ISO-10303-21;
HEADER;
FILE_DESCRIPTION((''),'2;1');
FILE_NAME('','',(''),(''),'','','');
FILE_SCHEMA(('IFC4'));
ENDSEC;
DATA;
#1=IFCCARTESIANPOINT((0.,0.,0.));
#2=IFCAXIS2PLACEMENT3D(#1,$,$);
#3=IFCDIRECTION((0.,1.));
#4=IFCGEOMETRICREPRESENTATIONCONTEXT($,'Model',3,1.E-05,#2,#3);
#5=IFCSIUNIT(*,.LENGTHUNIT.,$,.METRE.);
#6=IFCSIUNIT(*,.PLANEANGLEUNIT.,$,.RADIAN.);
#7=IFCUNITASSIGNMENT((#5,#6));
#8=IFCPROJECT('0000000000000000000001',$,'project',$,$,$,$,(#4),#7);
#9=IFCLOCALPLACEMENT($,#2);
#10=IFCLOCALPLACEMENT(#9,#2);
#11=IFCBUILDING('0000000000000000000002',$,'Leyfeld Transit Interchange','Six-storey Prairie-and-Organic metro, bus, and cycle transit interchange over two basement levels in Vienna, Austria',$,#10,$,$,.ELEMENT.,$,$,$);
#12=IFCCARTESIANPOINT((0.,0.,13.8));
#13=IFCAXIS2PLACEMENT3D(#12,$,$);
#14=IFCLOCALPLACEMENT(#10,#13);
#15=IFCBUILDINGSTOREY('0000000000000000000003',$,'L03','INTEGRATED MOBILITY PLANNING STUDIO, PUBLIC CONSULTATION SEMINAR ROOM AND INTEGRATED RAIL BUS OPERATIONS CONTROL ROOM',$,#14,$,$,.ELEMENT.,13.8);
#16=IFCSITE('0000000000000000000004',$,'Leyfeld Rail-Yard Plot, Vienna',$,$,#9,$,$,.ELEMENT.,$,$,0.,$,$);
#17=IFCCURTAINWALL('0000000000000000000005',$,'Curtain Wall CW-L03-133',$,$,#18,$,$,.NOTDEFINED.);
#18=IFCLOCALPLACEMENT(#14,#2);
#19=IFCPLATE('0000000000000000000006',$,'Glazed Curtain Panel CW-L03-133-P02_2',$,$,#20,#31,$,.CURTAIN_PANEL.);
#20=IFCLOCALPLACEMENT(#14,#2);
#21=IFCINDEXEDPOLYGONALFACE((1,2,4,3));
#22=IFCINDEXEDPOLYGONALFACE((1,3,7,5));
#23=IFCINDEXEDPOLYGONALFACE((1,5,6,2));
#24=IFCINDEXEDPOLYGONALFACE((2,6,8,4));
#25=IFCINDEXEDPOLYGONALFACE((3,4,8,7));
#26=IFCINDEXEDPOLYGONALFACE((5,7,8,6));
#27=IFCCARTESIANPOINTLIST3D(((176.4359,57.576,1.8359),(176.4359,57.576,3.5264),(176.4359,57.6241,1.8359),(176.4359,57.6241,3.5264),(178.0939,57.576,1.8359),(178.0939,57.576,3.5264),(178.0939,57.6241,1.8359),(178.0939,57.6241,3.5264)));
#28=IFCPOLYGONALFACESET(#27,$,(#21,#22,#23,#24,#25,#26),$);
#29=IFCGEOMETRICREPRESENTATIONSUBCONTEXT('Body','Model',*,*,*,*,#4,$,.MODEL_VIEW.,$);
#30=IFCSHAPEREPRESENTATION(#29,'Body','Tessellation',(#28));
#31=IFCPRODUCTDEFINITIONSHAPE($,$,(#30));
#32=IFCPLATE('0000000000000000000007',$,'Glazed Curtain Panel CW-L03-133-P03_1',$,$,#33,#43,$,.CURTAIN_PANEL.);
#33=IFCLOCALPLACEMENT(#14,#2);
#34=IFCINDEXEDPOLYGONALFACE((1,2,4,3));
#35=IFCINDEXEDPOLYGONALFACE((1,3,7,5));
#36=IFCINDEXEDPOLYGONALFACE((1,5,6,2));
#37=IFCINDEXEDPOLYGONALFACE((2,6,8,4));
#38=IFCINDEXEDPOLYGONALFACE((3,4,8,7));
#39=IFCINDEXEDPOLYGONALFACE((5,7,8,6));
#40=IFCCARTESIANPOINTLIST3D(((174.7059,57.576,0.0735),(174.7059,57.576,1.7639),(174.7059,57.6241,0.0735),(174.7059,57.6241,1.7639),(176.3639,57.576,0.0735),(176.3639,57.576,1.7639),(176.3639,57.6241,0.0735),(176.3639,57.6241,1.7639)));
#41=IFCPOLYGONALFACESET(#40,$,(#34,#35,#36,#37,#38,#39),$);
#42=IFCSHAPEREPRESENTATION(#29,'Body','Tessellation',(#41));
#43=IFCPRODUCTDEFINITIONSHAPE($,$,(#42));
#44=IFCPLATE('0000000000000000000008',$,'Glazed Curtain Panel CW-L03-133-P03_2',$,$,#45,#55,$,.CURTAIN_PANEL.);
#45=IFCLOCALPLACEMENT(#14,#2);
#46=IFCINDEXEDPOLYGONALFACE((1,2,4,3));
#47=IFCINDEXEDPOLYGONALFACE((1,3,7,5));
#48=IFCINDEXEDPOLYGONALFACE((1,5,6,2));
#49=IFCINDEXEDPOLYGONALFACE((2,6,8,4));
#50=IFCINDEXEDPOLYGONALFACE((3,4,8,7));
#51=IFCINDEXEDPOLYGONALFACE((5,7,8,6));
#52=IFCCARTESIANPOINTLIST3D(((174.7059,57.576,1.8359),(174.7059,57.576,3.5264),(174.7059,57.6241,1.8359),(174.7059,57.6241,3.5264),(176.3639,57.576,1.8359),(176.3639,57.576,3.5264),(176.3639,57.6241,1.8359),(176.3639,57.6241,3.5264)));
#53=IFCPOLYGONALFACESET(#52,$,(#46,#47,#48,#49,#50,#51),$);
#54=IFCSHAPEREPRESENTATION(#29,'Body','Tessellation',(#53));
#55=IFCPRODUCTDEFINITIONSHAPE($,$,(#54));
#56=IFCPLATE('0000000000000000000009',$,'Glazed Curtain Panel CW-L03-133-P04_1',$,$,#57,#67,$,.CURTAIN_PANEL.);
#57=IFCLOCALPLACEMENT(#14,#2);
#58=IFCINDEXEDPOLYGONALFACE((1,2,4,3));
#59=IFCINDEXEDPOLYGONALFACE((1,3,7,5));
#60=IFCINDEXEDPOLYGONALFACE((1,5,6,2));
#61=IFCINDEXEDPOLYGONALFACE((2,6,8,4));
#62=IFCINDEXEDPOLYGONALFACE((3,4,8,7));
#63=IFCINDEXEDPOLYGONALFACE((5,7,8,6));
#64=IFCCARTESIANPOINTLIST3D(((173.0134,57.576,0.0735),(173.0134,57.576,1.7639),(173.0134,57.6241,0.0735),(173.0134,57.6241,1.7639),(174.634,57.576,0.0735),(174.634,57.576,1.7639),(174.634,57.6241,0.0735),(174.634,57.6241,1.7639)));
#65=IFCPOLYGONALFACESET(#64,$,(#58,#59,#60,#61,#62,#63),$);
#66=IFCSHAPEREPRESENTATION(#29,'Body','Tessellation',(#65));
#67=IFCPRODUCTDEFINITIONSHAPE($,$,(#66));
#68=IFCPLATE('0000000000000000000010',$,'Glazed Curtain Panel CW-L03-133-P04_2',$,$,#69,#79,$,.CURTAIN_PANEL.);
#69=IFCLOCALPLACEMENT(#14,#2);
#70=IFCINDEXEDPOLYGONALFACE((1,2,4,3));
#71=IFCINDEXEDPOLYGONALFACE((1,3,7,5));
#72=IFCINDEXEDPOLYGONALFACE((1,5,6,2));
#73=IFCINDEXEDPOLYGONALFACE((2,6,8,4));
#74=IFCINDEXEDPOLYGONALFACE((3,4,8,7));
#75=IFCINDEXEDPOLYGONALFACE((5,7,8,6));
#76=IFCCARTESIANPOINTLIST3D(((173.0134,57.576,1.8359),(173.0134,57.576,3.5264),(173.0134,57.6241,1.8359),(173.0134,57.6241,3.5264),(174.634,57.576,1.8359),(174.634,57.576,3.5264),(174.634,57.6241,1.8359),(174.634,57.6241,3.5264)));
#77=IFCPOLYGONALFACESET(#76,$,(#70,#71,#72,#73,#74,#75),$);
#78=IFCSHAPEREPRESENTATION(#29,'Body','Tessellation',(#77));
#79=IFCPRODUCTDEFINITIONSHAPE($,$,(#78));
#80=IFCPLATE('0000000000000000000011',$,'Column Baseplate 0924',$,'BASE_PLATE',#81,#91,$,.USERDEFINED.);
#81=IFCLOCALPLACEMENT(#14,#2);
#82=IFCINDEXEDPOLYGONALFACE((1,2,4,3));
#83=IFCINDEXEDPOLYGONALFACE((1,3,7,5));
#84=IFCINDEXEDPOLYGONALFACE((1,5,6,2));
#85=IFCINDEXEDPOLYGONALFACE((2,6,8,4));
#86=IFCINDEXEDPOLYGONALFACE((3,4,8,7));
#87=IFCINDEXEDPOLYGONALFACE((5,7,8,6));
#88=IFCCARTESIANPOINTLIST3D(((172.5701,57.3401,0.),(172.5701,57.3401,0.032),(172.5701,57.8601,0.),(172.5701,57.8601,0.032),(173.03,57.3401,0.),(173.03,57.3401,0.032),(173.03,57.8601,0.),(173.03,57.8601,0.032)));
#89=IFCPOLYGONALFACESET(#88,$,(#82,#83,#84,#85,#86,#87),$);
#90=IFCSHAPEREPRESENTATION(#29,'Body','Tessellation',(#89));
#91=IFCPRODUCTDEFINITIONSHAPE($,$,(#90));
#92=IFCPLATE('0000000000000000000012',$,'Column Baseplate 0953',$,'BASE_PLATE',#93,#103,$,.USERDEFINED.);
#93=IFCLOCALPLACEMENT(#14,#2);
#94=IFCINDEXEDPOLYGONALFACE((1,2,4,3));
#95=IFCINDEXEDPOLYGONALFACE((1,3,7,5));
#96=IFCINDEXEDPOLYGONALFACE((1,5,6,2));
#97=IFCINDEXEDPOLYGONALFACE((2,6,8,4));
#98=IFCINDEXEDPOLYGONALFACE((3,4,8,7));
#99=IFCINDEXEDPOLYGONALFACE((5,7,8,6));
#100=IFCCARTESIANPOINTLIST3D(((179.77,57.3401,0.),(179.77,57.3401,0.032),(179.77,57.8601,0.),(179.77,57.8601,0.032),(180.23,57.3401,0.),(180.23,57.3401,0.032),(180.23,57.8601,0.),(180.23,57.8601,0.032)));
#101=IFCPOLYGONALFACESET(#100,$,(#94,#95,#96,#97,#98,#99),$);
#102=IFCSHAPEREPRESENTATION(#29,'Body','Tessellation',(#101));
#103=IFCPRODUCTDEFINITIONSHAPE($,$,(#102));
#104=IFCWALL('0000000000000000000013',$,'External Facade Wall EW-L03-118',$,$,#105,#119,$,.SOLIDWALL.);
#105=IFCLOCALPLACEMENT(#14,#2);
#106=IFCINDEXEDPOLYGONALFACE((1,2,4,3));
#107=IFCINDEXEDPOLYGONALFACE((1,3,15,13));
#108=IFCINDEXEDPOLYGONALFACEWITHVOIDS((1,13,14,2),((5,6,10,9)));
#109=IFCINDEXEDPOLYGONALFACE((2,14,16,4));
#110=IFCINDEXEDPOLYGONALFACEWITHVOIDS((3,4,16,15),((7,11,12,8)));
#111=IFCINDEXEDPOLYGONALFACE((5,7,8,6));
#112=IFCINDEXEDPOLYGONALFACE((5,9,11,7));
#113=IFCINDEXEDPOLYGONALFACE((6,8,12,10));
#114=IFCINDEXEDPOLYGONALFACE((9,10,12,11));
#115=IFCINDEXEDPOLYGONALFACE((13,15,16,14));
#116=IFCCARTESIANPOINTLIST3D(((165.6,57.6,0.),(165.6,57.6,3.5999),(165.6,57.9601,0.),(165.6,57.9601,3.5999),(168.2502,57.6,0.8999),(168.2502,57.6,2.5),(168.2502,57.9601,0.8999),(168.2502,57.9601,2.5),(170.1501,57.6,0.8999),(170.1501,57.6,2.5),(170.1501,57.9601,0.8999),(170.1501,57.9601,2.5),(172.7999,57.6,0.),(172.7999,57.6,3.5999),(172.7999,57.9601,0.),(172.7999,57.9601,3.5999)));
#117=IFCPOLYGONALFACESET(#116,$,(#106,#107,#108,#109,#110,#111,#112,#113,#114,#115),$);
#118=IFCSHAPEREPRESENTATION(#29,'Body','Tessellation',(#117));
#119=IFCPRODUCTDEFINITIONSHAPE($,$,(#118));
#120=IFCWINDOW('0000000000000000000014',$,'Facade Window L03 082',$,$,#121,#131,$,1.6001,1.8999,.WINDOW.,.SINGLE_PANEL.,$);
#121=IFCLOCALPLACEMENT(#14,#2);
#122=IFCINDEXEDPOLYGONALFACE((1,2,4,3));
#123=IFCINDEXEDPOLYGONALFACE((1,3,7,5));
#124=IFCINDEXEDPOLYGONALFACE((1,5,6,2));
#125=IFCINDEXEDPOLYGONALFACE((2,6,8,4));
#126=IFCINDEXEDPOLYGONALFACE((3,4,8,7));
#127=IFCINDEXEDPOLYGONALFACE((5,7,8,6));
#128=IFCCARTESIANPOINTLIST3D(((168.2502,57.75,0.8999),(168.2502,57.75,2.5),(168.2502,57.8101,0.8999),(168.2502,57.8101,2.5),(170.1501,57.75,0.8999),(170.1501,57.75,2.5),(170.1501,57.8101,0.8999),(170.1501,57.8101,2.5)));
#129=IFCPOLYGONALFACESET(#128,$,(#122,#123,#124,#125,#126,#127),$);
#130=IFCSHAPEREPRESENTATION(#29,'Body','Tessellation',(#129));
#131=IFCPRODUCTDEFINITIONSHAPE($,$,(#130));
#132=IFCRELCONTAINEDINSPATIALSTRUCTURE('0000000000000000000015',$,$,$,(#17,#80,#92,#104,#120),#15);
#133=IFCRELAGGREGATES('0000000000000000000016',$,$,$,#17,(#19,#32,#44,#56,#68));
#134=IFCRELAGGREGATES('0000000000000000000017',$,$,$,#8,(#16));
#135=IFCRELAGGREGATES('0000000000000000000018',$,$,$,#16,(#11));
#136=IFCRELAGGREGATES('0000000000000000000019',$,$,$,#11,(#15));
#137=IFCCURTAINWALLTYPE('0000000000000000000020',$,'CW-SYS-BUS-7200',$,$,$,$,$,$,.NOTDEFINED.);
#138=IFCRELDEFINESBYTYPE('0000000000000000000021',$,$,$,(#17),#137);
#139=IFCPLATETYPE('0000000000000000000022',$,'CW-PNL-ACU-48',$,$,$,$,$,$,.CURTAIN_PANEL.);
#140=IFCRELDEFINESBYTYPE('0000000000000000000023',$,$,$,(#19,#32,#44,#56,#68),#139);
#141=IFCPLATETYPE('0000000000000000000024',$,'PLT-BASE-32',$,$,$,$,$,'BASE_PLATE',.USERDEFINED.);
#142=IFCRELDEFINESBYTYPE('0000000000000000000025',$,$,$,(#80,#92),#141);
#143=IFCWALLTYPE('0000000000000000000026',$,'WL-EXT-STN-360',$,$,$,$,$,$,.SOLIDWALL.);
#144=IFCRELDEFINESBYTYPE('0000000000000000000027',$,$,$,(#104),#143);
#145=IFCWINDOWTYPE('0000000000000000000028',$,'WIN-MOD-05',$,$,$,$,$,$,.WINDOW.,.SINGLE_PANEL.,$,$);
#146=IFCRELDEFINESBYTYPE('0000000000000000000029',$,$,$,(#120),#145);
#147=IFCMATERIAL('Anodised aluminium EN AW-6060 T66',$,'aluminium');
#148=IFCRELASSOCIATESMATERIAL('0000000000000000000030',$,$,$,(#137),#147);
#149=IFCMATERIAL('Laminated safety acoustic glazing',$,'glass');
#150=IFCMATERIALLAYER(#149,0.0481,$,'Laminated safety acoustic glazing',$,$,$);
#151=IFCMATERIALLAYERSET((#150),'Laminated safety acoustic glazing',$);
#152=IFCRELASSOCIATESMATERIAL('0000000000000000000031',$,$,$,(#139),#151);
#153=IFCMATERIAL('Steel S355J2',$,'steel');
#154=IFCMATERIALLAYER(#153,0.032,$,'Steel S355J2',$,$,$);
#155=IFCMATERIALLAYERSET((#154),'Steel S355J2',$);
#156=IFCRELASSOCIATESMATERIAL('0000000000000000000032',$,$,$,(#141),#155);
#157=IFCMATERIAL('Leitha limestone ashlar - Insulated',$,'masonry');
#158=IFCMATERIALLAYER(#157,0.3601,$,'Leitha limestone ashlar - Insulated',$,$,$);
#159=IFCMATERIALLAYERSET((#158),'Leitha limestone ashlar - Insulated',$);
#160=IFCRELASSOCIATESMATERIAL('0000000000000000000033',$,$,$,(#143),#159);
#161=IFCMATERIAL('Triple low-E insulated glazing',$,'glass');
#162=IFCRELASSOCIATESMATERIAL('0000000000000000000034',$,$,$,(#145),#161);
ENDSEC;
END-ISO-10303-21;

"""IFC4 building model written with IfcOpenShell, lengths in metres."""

from ifc_helpers import new_model, si_unit, direction, frame, frame_2d, origin, origin_2d, place, context, subcontext, project, spatial, rectangle, extrude, material, layer, layer_set, type_object, element, fill, aggregate, save


model = new_model("IFC4")

# Units and contexts
model_context = context("Model", 3, precision=1e-05, world=origin(), true_north=direction((0.0, 1.0)))
body_context = subcontext(model_context, "Body", "Model", "MODEL_VIEW")
ifc_project = project(units=[si_unit("LENGTHUNIT", "METRE"), si_unit("PLANEANGLEUNIT", "RADIAN")], contexts=[model_context])

# Site, building, storey
site_placement = place(None, origin())
site = spatial("IfcSite", under=ifc_project, at=site_placement, Name="Leyfeld Rail-Yard Plot, Vienna", CompositionType="ELEMENT", RefElevation=0.0)
building_placement = place(site_placement, origin())
building = spatial("IfcBuilding", under=site, at=building_placement, Name="Leyfeld Transit Interchange", Description="Six-storey Prairie-and-Organic metro, bus, and cycle transit interchange over two basement levels in Vienna, Austria", CompositionType="ELEMENT")
storey_placement = place(building_placement, frame((0.0, 0.0, 13.8)))
storey = spatial("IfcBuildingStorey", under=building, at=storey_placement, Name="L03", Description="INTEGRATED MOBILITY PLANNING STUDIO, PUBLIC CONSULTATION SEMINAR ROOM AND INTEGRATED RAIL BUS OPERATIONS CONTROL ROOM", CompositionType="ELEMENT", Elevation=13.8)

# Shared definitions
ifc_material_1 = material(Name="Steel S355J2", Category="steel")

# Curtain wall, plates
ifc_material_2 = material(Name="Anodised aluminium EN AW-6060 T66", Category="aluminium")
curtain_wall_type = type_object("IfcCurtainWallType", Name="CW-SYS-BUS-7200", PredefinedType="NOTDEFINED", material=ifc_material_2)
curtain_wall_placement = place(storey_placement, origin())
curtain_wall = element("IfcCurtainWall", 1, at=curtain_wall_placement, inside=storey, type_object=curtain_wall_type, Name="Curtain Wall CW-L03-133", PredefinedType="NOTDEFINED")
ifc_material_3 = material(Name="Laminated safety acoustic glazing", Category="glass")
ifc_layer_1 = layer(ifc_material_3, 0.0481, Name="Laminated safety acoustic glazing")
ifc_layer_set_1 = layer_set([ifc_layer_1], Name="Laminated safety acoustic glazing")
plate_type_1 = type_object("IfcPlateType", Name="CW-PNL-ACU-48", PredefinedType="CURTAIN_PANEL", material=ifc_layer_set_1)
plate_1_placement = place(storey_placement, frame((177.2649, 57.6001, 1.8359), z_axis=(0.0, 0.0, 1.0), x_axis=(-1.0, 0.0, 0.0)))
plate_1 = element("IfcPlate", 2, at=plate_1_placement, type_object=plate_type_1, Name="Glazed Curtain Panel CW-L03-133-P02_2", PredefinedType="CURTAIN_PANEL", context=body_context, shape_type="SweptSolid", body=[
    extrude(rectangle(XDim=1.658, YDim=0.0481, at=origin_2d()), origin(), (0.0, 0.0, 1.0), 1.6904),
])
plate_2_placement = place(storey_placement, frame((175.5349, 57.6001, 0.0735), z_axis=(0.0, 0.0, 1.0), x_axis=(-1.0, 0.0, 0.0)))
plate_2 = element("IfcPlate", 3, at=plate_2_placement, type_object=plate_type_1, Name="Glazed Curtain Panel CW-L03-133-P03_1", PredefinedType="CURTAIN_PANEL", context=body_context, shape_type="SweptSolid", body=[
    extrude(rectangle(XDim=1.658, YDim=0.0481, at=origin_2d()), origin(), (0.0, 0.0, 1.0), 1.6904),
])
plate_3_placement = place(storey_placement, frame((175.5349, 57.6001, 1.8359), z_axis=(0.0, 0.0, 1.0), x_axis=(-1.0, 0.0, 0.0)))
plate_3 = element("IfcPlate", 4, at=plate_3_placement, type_object=plate_type_1, Name="Glazed Curtain Panel CW-L03-133-P03_2", PredefinedType="CURTAIN_PANEL", context=body_context, shape_type="SweptSolid", body=[
    extrude(rectangle(XDim=1.658, YDim=0.0481, at=origin_2d()), origin(), (0.0, 0.0, 1.0), 1.6904),
])
plate_4_placement = place(storey_placement, frame((173.8237, 57.6001, 0.0735), z_axis=(0.0, 0.0, 1.0), x_axis=(-1.0, 0.0, 0.0)))
plate_4 = element("IfcPlate", 5, at=plate_4_placement, type_object=plate_type_1, Name="Glazed Curtain Panel CW-L03-133-P04_1", PredefinedType="CURTAIN_PANEL", context=body_context, shape_type="SweptSolid", body=[
    extrude(rectangle(XDim=1.6206, YDim=0.0481, at=origin_2d()), origin(), (0.0, 0.0, 1.0), 1.6904),
])
plate_5_placement = place(storey_placement, frame((173.8237, 57.6001, 1.8359), z_axis=(0.0, 0.0, 1.0), x_axis=(-1.0, 0.0, 0.0)))
plate_5 = element("IfcPlate", 6, at=plate_5_placement, type_object=plate_type_1, Name="Glazed Curtain Panel CW-L03-133-P04_2", PredefinedType="CURTAIN_PANEL", context=body_context, shape_type="SweptSolid", body=[
    extrude(rectangle(XDim=1.6206, YDim=0.0481, at=origin_2d()), origin(), (0.0, 0.0, 1.0), 1.6904),
])
aggregate(curtain_wall, [plate_1, plate_2, plate_3, plate_4, plate_5])

# Plates
ifc_layer_2 = layer(ifc_material_1, 0.032, Name="Steel S355J2")
ifc_layer_set_2 = layer_set([ifc_layer_2], Name="Steel S355J2")
plate_type_2 = type_object("IfcPlateType", Name="PLT-BASE-32", ElementType="BASE_PLATE", PredefinedType="USERDEFINED", material=ifc_layer_set_2)
for number, where, z_axis, x_axis, name in (
    (7, (172.8, 57.6001, 0.0), (0.0, 0.0, 1.0), (1.0, 0.0, 0.0), "Column Baseplate 0924"),
    (8, (180.0, 57.6001, 0.0), (0.0, 0.0, 1.0), (1.0, 0.0, 0.0), "Column Baseplate 0953"),
):
    element("IfcPlate", number, at=place(storey_placement, frame(where, z_axis=z_axis, x_axis=x_axis)), inside=storey, type_object=plate_type_2, Name=name, ObjectType="BASE_PLATE", PredefinedType="USERDEFINED", context=body_context, shape_type="SweptSolid", body=[
        extrude(rectangle(XDim=0.46, YDim=0.52, at=origin_2d()), origin(), (0.0, 0.0, 1.0), 0.032),
    ])

# Wall, opening, window
ifc_material_4 = material(Name="Leitha limestone ashlar - Insulated", Category="masonry")
ifc_layer_3 = layer(ifc_material_4, 0.3601, Name="Leitha limestone ashlar - Insulated")
ifc_layer_set_3 = layer_set([ifc_layer_3], Name="Leitha limestone ashlar - Insulated")
wall_type = type_object("IfcWallType", Name="WL-EXT-STN-360", PredefinedType="SOLIDWALL", material=ifc_layer_set_3)
wall_placement = place(storey_placement, frame((172.8, 57.78, 0.0), z_axis=(0.0, 0.0, 1.0), x_axis=(-1.0, 0.0, 0.0)))
wall = element("IfcWall", 9, at=wall_placement, inside=storey, type_object=wall_type, Name="External Facade Wall EW-L03-118", PredefinedType="SOLIDWALL", context=body_context, shape_type="SweptSolid", body=[
    extrude(rectangle(XDim=7.2, YDim=0.3601, at=frame_2d((3.6001, 0.0))), origin(), (0.0, 0.0, 1.0), 3.5999),
])
opening_placement = place(wall_placement, frame((2.6499, 0.0, 0.8999)))
opening = element("IfcOpeningElement", 10, at=opening_placement, cuts=wall, PredefinedType="OPENING", context=body_context, shape_type="SweptSolid", body=[
    extrude(rectangle(XDim=1.8999, YDim=1.6001, at=frame_2d((0.95, 0.8))), frame((0.0, 0.1899, 0.0), z_axis=(0.0, -1.0, 0.0), x_axis=(1.0, 0.0, 0.0)), (0.0, 0.0, 1.0), 0.3801),
])
ifc_material_5 = material(Name="Triple low-E insulated glazing", Category="glass")
window_type = type_object("IfcWindowType", Name="WIN-MOD-05", PartitioningType="SINGLE_PANEL", PredefinedType="WINDOW", material=ifc_material_5)
window_placement = place(opening_placement, origin())
window = element("IfcWindow", 11, at=window_placement, inside=storey, type_object=window_type, Name="Facade Window L03 082", OverallHeight=1.6001, OverallWidth=1.8999, PartitioningType="SINGLE_PANEL", PredefinedType="WINDOW", context=body_context, shape_type="SweptSolid", body=[
    extrude(rectangle(XDim=1.8999, YDim=1.6001, at=frame_2d((0.95, 0.8))), frame((0.0, 0.03, 0.0), z_axis=(0.0, -1.0, 0.0), x_axis=(1.0, 0.0, 0.0)), (0.0, 0.0, 1.0), 0.0601),
])
fill(opening, window)

save(model, "model.ifc")
